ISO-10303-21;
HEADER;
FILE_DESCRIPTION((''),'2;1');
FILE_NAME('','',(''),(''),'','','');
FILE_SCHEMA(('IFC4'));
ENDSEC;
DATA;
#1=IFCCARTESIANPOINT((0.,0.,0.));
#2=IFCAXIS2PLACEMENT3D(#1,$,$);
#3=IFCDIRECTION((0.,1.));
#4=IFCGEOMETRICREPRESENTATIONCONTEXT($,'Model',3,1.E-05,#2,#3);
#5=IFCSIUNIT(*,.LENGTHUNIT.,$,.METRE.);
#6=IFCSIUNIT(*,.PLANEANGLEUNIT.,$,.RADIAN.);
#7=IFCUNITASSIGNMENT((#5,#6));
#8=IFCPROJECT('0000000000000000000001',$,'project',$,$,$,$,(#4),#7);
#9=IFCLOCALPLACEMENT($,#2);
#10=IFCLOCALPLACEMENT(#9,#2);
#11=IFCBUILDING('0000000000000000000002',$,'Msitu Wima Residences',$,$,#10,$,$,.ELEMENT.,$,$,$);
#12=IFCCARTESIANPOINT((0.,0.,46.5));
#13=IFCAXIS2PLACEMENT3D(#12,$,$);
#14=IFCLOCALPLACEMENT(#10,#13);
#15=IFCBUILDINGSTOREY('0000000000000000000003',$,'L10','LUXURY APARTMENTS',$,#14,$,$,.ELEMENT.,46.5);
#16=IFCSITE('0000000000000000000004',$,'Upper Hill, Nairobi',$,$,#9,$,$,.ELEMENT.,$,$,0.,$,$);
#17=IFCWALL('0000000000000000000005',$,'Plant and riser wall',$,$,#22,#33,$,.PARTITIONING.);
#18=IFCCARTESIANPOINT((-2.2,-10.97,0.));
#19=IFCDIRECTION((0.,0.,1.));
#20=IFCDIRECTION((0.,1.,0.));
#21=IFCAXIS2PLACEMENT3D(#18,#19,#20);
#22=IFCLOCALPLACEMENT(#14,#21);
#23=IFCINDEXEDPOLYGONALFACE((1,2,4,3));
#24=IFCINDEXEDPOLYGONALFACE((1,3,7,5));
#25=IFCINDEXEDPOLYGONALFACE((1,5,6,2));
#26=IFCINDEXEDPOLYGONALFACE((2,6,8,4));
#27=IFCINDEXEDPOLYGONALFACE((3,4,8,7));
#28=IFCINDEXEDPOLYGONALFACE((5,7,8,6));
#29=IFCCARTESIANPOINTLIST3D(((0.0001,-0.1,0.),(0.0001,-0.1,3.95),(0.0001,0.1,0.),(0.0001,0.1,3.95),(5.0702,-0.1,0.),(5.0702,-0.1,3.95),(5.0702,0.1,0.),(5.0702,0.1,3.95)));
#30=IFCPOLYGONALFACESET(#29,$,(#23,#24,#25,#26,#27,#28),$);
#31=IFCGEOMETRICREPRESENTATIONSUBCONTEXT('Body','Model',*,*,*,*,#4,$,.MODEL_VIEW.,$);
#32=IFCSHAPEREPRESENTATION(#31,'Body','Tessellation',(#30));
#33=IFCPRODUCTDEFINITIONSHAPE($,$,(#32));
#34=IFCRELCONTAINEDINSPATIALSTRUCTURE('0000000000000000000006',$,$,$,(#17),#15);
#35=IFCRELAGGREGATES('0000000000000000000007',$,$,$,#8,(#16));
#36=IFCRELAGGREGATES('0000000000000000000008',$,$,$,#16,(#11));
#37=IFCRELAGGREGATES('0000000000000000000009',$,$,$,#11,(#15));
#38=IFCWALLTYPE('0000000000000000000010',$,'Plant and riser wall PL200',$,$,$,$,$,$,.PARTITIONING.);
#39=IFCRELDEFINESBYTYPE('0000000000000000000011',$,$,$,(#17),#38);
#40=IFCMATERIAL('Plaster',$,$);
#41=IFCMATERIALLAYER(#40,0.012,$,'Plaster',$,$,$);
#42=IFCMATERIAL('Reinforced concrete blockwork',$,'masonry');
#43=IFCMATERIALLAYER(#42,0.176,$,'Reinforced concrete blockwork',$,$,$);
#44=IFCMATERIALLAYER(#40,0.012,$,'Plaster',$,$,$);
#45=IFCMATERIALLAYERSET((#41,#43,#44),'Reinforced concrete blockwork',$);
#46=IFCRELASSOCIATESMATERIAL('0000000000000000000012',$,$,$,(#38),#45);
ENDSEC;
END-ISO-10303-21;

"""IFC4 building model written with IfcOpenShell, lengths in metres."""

from ifc_helpers import new_model, si_unit, direction, frame, frame_2d, origin, place, context, subcontext, project, spatial, rectangle, extrude, material, layer, layer_set, type_object, element, save


model = new_model("IFC4")

# Units and contexts
model_context = context("Model", 3, precision=1e-05, world=origin(), true_north=direction((0.0, 1.0)))
body_context = subcontext(model_context, "Body", "Model", "MODEL_VIEW")
ifc_project = project(units=[si_unit("LENGTHUNIT", "METRE"), si_unit("PLANEANGLEUNIT", "RADIAN")], contexts=[model_context])

# Site, building, storey
site_placement = place(None, origin())
site = spatial("IfcSite", under=ifc_project, at=site_placement, Name="Upper Hill, Nairobi", CompositionType="ELEMENT", RefElevation=0.0)
building_placement = place(site_placement, origin())
building = spatial("IfcBuilding", under=site, at=building_placement, Name="Msitu Wima Residences", CompositionType="ELEMENT")
storey_placement = place(building_placement, frame((0.0, 0.0, 46.5)))
storey = spatial("IfcBuildingStorey", under=building, at=storey_placement, Name="L10", Description="LUXURY APARTMENTS", CompositionType="ELEMENT", Elevation=46.5)

# Shared definitions
ifc_material_1 = material(Name="Plaster")

# Shared definitions
ifc_layer_1 = layer(ifc_material_1, 0.012, Name="Plaster")
ifc_material_2 = material(Name="Reinforced concrete blockwork", Category="masonry")
ifc_layer_2 = layer(ifc_material_2, 0.176, Name="Reinforced concrete blockwork")
ifc_layer_3 = layer(ifc_material_1, 0.012, Name="Plaster")
ifc_layer_set_1 = layer_set([ifc_layer_1, ifc_layer_2, ifc_layer_3], Name="Reinforced concrete blockwork")
wall_type_1 = type_object("IfcWallType", Name="Plant and riser wall PL200", PredefinedType="PARTITIONING", material=ifc_layer_set_1)

# Wall
wall_1_placement = place(storey_placement, frame((-2.2, -10.97, 0.0), z_axis=(0.0, 0.0, 1.0), x_axis=(0.0, 1.0, 0.0)))
element("IfcWall", 1, at=wall_1_placement, inside=storey, type_object=wall_type_1, Name="Plant and riser wall", PredefinedType="PARTITIONING", context=body_context, shape_type="SweptSolid", body=[
    extrude(rectangle(XDim=5.0701, YDim=0.2, at=frame_2d((2.5352, 0.0))), origin(), (0.0, 0.0, 1.0), 3.95),
])

save(model, "model.ifc")
